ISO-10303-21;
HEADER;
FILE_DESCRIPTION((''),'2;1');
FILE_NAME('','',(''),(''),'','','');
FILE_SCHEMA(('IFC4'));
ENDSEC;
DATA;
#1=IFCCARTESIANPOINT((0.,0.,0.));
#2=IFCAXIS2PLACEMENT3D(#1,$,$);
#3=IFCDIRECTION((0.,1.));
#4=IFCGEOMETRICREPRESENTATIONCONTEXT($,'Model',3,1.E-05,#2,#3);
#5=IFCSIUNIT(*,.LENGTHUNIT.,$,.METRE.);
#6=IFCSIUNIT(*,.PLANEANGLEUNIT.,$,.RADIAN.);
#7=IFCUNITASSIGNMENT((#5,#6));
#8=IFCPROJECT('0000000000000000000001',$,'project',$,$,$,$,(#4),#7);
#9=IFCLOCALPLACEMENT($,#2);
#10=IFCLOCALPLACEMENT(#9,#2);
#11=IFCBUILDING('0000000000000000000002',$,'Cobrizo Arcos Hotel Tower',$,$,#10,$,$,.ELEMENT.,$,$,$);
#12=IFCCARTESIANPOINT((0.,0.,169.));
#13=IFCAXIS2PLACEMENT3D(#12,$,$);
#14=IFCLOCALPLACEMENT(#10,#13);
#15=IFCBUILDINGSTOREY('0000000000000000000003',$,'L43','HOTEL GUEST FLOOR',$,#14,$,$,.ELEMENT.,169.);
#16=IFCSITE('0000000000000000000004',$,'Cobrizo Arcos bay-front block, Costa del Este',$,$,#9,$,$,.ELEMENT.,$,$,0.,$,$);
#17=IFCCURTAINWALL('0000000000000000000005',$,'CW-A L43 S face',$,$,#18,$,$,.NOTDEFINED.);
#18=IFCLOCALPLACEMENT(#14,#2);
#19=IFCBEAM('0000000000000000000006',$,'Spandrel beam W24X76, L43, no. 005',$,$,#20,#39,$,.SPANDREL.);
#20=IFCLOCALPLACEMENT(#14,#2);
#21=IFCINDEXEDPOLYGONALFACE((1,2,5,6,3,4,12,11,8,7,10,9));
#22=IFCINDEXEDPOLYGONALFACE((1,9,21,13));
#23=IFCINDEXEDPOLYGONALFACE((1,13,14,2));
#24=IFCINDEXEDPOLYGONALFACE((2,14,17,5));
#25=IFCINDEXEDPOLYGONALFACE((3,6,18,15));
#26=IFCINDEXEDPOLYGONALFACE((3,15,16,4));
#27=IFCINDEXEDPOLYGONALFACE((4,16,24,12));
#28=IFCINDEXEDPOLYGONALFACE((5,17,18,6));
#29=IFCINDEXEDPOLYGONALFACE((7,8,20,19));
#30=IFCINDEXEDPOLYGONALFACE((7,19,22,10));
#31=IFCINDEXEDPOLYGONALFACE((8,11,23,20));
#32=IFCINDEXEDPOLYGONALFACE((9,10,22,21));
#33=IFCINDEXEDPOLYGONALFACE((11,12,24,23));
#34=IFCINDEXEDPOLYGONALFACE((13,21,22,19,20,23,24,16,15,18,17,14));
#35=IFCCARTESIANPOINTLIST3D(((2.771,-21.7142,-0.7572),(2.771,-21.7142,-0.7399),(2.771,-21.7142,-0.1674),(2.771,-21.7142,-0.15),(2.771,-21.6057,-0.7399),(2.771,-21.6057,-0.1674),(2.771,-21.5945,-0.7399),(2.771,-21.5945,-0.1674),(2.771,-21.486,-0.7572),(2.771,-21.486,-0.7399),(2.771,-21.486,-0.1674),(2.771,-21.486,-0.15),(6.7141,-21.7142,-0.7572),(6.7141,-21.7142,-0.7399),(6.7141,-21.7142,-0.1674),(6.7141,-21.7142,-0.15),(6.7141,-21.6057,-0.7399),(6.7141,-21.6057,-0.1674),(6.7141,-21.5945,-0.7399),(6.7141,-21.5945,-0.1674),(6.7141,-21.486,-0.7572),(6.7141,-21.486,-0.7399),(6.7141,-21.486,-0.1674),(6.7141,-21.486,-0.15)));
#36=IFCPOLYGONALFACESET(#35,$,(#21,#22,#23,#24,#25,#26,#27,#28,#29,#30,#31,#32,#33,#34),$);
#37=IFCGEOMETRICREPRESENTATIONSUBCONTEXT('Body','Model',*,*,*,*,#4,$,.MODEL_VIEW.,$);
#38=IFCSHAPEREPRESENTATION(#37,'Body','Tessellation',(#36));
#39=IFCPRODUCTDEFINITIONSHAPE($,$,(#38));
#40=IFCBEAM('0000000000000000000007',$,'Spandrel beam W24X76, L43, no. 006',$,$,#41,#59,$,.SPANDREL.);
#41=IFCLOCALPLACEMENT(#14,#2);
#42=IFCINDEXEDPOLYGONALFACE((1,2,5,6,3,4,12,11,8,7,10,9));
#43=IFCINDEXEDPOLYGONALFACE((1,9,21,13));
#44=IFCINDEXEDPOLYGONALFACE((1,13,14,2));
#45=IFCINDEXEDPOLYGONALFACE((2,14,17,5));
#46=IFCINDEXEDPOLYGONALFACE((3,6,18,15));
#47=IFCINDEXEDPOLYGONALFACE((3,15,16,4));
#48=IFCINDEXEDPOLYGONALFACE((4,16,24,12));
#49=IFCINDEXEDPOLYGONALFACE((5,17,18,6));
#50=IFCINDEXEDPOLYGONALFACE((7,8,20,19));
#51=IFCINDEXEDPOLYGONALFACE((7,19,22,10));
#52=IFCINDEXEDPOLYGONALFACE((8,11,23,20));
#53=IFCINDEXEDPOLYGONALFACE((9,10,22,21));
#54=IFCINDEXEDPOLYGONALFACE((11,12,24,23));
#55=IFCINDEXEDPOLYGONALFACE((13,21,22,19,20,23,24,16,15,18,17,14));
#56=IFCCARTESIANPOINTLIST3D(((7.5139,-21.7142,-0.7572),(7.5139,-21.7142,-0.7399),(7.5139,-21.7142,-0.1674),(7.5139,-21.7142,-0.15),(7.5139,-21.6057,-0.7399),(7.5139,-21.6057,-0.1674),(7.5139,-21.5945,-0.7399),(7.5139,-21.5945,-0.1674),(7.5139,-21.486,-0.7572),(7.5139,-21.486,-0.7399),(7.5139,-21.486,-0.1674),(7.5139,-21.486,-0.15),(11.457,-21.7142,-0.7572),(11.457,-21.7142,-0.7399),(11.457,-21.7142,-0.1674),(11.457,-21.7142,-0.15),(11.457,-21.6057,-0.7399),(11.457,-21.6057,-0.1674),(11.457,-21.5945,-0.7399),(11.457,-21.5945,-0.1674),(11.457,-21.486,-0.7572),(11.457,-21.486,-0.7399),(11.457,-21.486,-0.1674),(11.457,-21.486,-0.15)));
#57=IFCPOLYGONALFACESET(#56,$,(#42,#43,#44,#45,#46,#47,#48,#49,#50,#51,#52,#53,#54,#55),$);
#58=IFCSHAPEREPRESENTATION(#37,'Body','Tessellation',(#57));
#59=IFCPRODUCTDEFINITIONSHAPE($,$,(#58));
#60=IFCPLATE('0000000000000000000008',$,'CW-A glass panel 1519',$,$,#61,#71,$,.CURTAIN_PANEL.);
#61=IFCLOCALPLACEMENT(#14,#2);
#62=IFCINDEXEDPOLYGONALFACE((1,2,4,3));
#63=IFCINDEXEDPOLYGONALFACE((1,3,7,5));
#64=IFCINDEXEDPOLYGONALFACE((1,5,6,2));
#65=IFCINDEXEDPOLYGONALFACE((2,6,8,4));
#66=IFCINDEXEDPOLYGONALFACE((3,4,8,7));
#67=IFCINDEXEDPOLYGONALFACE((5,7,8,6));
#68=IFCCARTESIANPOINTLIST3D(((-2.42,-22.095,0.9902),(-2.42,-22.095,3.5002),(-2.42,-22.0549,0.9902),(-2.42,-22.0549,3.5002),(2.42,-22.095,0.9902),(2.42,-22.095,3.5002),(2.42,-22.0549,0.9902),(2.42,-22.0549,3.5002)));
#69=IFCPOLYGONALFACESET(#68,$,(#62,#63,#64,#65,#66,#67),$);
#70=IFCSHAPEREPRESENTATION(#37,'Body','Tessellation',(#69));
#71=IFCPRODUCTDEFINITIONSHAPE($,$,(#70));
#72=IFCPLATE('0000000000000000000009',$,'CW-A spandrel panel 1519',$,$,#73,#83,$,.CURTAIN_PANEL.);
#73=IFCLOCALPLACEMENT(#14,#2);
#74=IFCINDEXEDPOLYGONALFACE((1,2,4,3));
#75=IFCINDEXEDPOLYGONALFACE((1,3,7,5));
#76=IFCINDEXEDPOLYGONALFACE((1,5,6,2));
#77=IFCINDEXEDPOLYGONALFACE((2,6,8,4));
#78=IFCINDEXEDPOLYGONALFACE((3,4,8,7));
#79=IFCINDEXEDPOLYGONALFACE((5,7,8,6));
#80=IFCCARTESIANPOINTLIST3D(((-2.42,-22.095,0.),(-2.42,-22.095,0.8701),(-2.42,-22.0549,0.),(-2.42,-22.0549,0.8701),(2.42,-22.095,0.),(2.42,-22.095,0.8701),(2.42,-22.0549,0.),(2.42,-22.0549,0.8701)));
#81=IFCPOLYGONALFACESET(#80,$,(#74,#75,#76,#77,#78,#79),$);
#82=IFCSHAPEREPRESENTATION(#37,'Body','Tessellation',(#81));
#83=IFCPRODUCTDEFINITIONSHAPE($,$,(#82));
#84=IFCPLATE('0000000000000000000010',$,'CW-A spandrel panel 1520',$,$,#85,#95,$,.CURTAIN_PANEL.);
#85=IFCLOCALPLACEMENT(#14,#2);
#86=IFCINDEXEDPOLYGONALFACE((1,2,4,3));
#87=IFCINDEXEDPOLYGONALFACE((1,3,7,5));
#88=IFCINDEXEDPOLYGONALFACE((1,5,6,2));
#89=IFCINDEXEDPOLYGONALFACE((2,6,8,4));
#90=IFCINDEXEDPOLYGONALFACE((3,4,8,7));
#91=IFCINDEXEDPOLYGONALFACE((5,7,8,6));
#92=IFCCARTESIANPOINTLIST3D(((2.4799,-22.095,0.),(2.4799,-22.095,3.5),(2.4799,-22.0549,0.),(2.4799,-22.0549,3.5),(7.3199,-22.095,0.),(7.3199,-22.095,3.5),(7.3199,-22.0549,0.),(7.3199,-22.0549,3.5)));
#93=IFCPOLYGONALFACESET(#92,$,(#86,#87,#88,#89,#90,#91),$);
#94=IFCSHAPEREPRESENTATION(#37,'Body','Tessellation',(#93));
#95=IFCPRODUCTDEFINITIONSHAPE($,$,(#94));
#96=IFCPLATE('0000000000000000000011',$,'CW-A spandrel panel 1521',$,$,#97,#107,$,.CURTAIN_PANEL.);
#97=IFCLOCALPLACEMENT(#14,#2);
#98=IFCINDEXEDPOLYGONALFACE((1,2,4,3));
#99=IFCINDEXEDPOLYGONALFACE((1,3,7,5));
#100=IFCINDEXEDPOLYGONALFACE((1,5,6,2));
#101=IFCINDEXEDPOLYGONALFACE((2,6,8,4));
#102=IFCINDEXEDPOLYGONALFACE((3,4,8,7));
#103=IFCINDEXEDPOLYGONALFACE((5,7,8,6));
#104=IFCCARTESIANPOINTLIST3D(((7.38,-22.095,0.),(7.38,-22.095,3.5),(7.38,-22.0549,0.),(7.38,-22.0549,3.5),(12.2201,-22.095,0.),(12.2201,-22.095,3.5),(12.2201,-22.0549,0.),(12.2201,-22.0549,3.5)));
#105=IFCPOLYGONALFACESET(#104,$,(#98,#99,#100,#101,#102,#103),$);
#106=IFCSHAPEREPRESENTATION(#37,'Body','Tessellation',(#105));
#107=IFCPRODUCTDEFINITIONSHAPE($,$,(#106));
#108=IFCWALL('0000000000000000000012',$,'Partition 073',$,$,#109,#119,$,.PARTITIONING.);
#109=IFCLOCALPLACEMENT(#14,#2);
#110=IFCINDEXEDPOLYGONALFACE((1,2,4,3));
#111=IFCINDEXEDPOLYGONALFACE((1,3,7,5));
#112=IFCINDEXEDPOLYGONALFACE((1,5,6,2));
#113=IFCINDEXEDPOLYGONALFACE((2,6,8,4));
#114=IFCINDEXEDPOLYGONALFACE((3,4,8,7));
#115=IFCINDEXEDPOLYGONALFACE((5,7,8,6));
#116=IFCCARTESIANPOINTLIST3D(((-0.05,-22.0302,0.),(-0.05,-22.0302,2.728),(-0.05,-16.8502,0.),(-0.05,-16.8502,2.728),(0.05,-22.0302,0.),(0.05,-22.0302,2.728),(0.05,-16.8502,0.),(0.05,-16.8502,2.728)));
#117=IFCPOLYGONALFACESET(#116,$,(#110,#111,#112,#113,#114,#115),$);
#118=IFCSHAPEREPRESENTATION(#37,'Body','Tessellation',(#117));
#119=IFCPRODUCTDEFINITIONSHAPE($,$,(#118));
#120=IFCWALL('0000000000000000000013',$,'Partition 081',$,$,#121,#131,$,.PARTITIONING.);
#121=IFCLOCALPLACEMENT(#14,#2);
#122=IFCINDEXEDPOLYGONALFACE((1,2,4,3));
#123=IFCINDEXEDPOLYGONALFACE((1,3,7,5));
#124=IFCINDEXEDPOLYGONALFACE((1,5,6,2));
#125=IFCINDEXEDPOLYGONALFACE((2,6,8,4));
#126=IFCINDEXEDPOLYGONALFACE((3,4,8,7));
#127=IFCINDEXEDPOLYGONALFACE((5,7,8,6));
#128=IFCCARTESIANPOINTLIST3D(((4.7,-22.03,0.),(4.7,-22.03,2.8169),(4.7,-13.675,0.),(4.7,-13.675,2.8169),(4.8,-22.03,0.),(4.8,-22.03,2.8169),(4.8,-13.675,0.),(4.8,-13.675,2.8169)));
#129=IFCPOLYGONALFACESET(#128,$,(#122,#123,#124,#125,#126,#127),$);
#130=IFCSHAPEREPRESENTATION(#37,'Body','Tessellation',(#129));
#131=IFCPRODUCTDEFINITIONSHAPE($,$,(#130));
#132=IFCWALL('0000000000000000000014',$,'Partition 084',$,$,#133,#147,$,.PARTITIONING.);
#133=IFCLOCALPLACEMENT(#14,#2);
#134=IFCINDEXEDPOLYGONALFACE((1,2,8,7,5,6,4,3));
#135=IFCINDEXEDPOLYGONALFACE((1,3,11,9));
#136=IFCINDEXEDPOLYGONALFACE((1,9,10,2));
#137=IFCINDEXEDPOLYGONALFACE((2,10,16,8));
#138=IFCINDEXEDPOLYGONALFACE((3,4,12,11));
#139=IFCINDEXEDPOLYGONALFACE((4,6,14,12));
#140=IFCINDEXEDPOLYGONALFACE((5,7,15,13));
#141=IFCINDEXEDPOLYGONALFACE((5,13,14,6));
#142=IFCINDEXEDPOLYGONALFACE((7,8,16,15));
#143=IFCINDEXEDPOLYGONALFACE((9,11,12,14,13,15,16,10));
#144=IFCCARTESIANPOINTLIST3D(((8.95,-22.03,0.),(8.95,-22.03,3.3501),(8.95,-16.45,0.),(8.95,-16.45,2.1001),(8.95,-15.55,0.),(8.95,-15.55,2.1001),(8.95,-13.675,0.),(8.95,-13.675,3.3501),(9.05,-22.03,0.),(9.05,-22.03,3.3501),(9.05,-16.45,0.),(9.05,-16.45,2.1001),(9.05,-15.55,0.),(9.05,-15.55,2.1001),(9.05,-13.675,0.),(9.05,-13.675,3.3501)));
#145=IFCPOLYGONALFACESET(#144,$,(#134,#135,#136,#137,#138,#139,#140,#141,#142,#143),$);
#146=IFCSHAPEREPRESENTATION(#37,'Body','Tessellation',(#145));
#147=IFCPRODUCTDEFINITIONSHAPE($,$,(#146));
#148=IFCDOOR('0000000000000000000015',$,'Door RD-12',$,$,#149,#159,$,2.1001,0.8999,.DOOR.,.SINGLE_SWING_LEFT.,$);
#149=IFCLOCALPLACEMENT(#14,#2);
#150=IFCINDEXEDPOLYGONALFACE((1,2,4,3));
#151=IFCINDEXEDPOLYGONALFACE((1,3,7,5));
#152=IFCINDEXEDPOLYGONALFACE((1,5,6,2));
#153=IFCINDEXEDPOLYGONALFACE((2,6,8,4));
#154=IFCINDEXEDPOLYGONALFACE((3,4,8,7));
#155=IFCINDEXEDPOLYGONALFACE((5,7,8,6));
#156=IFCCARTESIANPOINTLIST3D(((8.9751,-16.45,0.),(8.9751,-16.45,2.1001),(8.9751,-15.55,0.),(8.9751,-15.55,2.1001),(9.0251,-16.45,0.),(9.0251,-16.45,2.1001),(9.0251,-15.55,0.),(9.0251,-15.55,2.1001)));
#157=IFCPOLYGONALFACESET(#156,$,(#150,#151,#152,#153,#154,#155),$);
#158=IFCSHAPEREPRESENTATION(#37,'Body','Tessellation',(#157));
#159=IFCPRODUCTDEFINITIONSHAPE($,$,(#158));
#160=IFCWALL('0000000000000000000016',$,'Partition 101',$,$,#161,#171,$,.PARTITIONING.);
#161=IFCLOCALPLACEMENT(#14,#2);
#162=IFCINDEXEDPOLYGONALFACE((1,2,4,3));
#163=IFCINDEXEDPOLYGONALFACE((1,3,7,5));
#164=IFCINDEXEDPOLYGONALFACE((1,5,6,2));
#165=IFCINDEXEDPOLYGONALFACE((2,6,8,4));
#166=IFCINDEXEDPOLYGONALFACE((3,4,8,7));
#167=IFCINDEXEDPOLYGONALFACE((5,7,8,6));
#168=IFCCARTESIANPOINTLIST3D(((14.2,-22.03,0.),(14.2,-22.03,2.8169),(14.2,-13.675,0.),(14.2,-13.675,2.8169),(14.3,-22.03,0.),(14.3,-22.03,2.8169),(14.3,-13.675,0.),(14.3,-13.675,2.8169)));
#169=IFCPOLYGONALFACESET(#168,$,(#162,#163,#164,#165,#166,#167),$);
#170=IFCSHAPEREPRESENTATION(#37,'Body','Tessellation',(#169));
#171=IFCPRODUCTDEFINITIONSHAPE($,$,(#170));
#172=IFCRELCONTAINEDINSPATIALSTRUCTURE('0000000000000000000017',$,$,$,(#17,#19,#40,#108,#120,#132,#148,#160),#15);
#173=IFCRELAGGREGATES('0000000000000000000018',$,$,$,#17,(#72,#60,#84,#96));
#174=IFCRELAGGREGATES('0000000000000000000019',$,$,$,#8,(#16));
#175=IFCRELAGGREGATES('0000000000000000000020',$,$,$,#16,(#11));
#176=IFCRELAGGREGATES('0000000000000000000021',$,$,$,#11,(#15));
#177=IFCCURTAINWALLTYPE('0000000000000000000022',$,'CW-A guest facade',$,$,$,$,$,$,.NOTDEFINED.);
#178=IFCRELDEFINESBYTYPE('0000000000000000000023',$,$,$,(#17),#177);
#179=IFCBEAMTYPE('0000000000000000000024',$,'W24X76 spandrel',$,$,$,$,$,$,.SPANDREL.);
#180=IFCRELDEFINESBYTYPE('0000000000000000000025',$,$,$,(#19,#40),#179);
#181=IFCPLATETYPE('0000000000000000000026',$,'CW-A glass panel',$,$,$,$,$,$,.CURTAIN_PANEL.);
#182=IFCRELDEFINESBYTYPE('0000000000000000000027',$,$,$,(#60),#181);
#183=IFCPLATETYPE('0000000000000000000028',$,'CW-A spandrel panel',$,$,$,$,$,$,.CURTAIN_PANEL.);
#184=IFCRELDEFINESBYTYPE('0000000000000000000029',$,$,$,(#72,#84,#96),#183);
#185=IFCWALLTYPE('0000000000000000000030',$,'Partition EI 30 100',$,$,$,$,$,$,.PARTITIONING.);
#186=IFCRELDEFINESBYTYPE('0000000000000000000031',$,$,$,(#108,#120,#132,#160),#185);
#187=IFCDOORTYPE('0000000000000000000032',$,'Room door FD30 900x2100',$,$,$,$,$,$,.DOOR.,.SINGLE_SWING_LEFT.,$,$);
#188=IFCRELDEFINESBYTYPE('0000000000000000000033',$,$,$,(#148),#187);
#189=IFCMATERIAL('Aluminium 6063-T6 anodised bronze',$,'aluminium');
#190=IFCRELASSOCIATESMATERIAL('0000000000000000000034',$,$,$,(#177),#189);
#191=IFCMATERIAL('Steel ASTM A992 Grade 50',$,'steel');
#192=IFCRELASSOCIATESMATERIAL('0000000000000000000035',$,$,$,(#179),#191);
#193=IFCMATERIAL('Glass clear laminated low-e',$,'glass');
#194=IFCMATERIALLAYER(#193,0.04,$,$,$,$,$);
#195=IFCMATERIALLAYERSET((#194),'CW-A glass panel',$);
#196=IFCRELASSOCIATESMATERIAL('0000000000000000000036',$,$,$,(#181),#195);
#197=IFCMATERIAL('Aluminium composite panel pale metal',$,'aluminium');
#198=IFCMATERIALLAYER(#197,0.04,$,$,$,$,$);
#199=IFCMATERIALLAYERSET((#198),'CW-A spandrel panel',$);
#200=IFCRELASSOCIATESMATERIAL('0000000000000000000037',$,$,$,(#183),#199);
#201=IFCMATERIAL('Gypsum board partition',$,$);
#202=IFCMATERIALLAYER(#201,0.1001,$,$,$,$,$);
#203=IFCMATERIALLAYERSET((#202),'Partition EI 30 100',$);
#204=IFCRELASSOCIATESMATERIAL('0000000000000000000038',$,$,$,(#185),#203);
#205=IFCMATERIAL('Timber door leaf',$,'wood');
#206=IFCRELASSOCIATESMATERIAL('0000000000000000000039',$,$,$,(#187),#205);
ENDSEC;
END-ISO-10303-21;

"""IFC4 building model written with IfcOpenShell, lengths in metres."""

from ifc_helpers import new_model, si_unit, direction, frame, frame_2d, origin, origin_2d, place, context, subcontext, project, spatial, rectangle, i_section, extrude, material, layer, layer_set, material_profile, profile_set, type_object, element, fill, aggregate, save


model = new_model("IFC4")

# Units and contexts
model_context = context("Model", 3, precision=1e-05, world=origin(), true_north=direction((0.0, 1.0)))
body_context = subcontext(model_context, "Body", "Model", "MODEL_VIEW")
ifc_project = project(units=[si_unit("LENGTHUNIT", "METRE"), si_unit("PLANEANGLEUNIT", "RADIAN")], contexts=[model_context])

# Site, building, storey
site_placement = place(None, origin())
site = spatial("IfcSite", under=ifc_project, at=site_placement, Name="Cobrizo Arcos bay-front block, Costa del Este", CompositionType="ELEMENT", RefElevation=0.0)
building_placement = place(site_placement, origin())
building = spatial("IfcBuilding", under=site, at=building_placement, Name="Cobrizo Arcos Hotel Tower", CompositionType="ELEMENT")
storey_placement = place(building_placement, frame((0.0, 0.0, 169.0)))
storey = spatial("IfcBuildingStorey", under=building, at=storey_placement, Name="L43", Description="HOTEL GUEST FLOOR", CompositionType="ELEMENT", Elevation=169.0)

# Curtain wall
ifc_material_1 = material(Name="Aluminium 6063-T6 anodised bronze", Category="aluminium")
curtain_wall_type = type_object("IfcCurtainWallType", Name="CW-A guest facade", PredefinedType="NOTDEFINED", material=ifc_material_1)
curtain_wall_placement = place(storey_placement, origin())
curtain_wall = element("IfcCurtainWall", 1, at=curtain_wall_placement, inside=storey, type_object=curtain_wall_type, Name="CW-A L43 S face", PredefinedType="NOTDEFINED")

# Beams
ifc_material_2 = material(Name="Steel ASTM A992 Grade 50", Category="steel")
ifc_material_profile_1 = material_profile(ifc_material_2, i_section(OverallWidth=0.2283, OverallDepth=0.6072, WebThickness=0.0112, FlangeThickness=0.0173, at=origin_2d()), Name="W24X76")
ifc_profile_set_1 = profile_set([ifc_material_profile_1], Name="Steel ASTM A992 Grade 50")
beam_type_1 = type_object("IfcBeamType", Name="W24X76 spandrel", PredefinedType="SPANDREL", material=ifc_profile_set_1)
for number, where, z_axis, x_axis, name in (
    (2, (2.771, -21.6001, -0.4536), (1.0, 0.0, 0.0), (0.0, 1.0, 0.0), "Spandrel beam W24X76, L43, no. 005"),
    (3, (7.5139, -21.6001, -0.4536), (1.0, 0.0, 0.0), (0.0, 1.0, 0.0), "Spandrel beam W24X76, L43, no. 006"),
):
    element("IfcBeam", number, at=place(storey_placement, frame(where, z_axis=z_axis, x_axis=x_axis)), inside=storey, type_object=beam_type_1, Name=name, PredefinedType="SPANDREL", context=body_context, shape_type="SweptSolid", body=[
        extrude(i_section(OverallWidth=0.2283, OverallDepth=0.6072, WebThickness=0.0112, FlangeThickness=0.0173, at=origin_2d()), origin(), (0.0, 0.0, 1.0), 3.9431),
    ])

# Plates
ifc_material_3 = material(Name="Glass clear laminated low-e", Category="glass")
ifc_layer_1 = layer(ifc_material_3, 0.04)
ifc_layer_set_1 = layer_set([ifc_layer_1], Name="CW-A glass panel")
plate_type_1 = type_object("IfcPlateType", Name="CW-A glass panel", PredefinedType="CURTAIN_PANEL", material=ifc_layer_set_1)
plate_1_placement = place(storey_placement, frame((0.0, -22.075, 0.9902), z_axis=(0.0, 0.0, 1.0), x_axis=(1.0, 0.0, 0.0)))
plate_1 = element("IfcPlate", 4, at=plate_1_placement, type_object=plate_type_1, Name="CW-A glass panel 1519", PredefinedType="CURTAIN_PANEL", context=body_context, shape_type="SweptSolid", body=[
    extrude(rectangle(XDim=4.8401, YDim=0.04, at=origin_2d()), origin(), (0.0, 0.0, 1.0), 2.51),
])
ifc_material_4 = material(Name="Aluminium composite panel pale metal", Category="aluminium")
ifc_layer_2 = layer(ifc_material_4, 0.04)
ifc_layer_set_2 = layer_set([ifc_layer_2], Name="CW-A spandrel panel")
plate_type_2 = type_object("IfcPlateType", Name="CW-A spandrel panel", PredefinedType="CURTAIN_PANEL", material=ifc_layer_set_2)
plate_2_placement = place(storey_placement, frame((0.0, -22.075, 0.0), z_axis=(0.0, 0.0, 1.0), x_axis=(1.0, 0.0, 0.0)))
plate_2 = element("IfcPlate", 5, at=plate_2_placement, type_object=plate_type_2, Name="CW-A spandrel panel 1519", PredefinedType="CURTAIN_PANEL", context=body_context, shape_type="SweptSolid", body=[
    extrude(rectangle(XDim=4.8401, YDim=0.04, at=origin_2d()), origin(), (0.0, 0.0, 1.0), 0.8701),
])
plate_3_placement = place(storey_placement, frame((4.8999, -22.075, 0.0), z_axis=(0.0, 0.0, 1.0), x_axis=(1.0, 0.0, 0.0)))
plate_3 = element("IfcPlate", 6, at=plate_3_placement, type_object=plate_type_2, Name="CW-A spandrel panel 1520", PredefinedType="CURTAIN_PANEL", context=body_context, shape_type="SweptSolid", body=[
    extrude(rectangle(XDim=4.8401, YDim=0.04, at=origin_2d()), origin(), (0.0, 0.0, 1.0), 3.5),
])
plate_4_placement = place(storey_placement, frame((9.8, -22.075, 0.0), z_axis=(0.0, 0.0, 1.0), x_axis=(1.0, 0.0, 0.0)))
plate_4 = element("IfcPlate", 7, at=plate_4_placement, type_object=plate_type_2, Name="CW-A spandrel panel 1521", PredefinedType="CURTAIN_PANEL", context=body_context, shape_type="SweptSolid", body=[
    extrude(rectangle(XDim=4.8401, YDim=0.04, at=origin_2d()), origin(), (0.0, 0.0, 1.0), 3.5),
])
aggregate(curtain_wall, [plate_2, plate_1, plate_3, plate_4])

# Walls
ifc_material_5 = material(Name="Gypsum board partition")
ifc_layer_3 = layer(ifc_material_5, 0.1001)
ifc_layer_set_3 = layer_set([ifc_layer_3], Name="Partition EI 30 100")
wall_type = type_object("IfcWallType", Name="Partition EI 30 100", PredefinedType="PARTITIONING", material=ifc_layer_set_3)
wall_1_placement = place(storey_placement, frame((0.0, -22.03, 0.0), z_axis=(0.0, 0.0, 1.0), x_axis=(0.0, 1.0, 0.0)))
element("IfcWall", 8, at=wall_1_placement, inside=storey, type_object=wall_type, Name="Partition 073", PredefinedType="PARTITIONING", context=body_context, shape_type="SweptSolid", body=[
    extrude(rectangle(XDim=5.1799, YDim=0.1001, at=frame_2d((2.5898, 0.0))), origin(), (0.0, 0.0, 1.0), 2.728),
])
wall_2_placement = place(storey_placement, frame((4.75, -22.03, 0.0), z_axis=(0.0, 0.0, 1.0), x_axis=(0.0, 1.0, 0.0)))
element("IfcWall", 9, at=wall_2_placement, inside=storey, type_object=wall_type, Name="Partition 081", PredefinedType="PARTITIONING", context=body_context, shape_type="SweptSolid", body=[
    extrude(rectangle(XDim=8.355, YDim=0.1001, at=frame_2d((4.1775, 0.0))), origin(), (0.0, 0.0, 1.0), 2.8169),
])

# Wall, opening, door
wall_3_placement = place(storey_placement, frame((9.0, -22.03, 0.0), z_axis=(0.0, 0.0, 1.0), x_axis=(0.0, 1.0, 0.0)))
wall_3 = element("IfcWall", 10, at=wall_3_placement, inside=storey, type_object=wall_type, Name="Partition 084", PredefinedType="PARTITIONING", context=body_context, shape_type="SweptSolid", body=[
    extrude(rectangle(XDim=8.355, YDim=0.1001, at=frame_2d((4.1775, 0.0))), origin(), (0.0, 0.0, 1.0), 3.3501),
])
opening_placement = place(wall_3_placement, frame((5.5801, 0.0, 0.0)))
opening = element("IfcOpeningElement", 11, at=opening_placement, cuts=wall_3, PredefinedType="OPENING", context=body_context, shape_type="SweptSolid", body=[
    extrude(rectangle(XDim=0.8999, YDim=2.1001, at=frame_2d((0.45, 1.05))), frame((0.0, 0.062, 0.0), z_axis=(0.0, -1.0, 0.0), x_axis=(1.0, 0.0, 0.0)), (0.0, 0.0, 1.0), 0.124),
])
ifc_material_6 = material(Name="Timber door leaf", Category="wood")
door_type = type_object("IfcDoorType", Name="Room door FD30 900x2100", OperationType="SINGLE_SWING_LEFT", PredefinedType="DOOR", material=ifc_material_6)
door_placement = place(opening_placement, origin())
door = element("IfcDoor", 12, at=door_placement, inside=storey, type_object=door_type, Name="Door RD-12", OperationType="SINGLE_SWING_LEFT", OverallHeight=2.1001, OverallWidth=0.8999, PredefinedType="DOOR", context=body_context, shape_type="SweptSolid", body=[
    extrude(rectangle(XDim=0.8999, YDim=2.1001, at=frame_2d((0.45, 1.05))), frame((0.0, 0.0249, 0.0), z_axis=(0.0, -1.0, 0.0), x_axis=(1.0, 0.0, 0.0)), (0.0, 0.0, 1.0), 0.05),
])
fill(opening, door)

# Wall
wall_4_placement = place(storey_placement, frame((14.25, -22.03, 0.0), z_axis=(0.0, 0.0, 1.0), x_axis=(0.0, 1.0, 0.0)))
element("IfcWall", 13, at=wall_4_placement, inside=storey, type_object=wall_type, Name="Partition 101", PredefinedType="PARTITIONING", context=body_context, shape_type="SweptSolid", body=[
    extrude(rectangle(XDim=8.355, YDim=0.1001, at=frame_2d((4.1775, 0.0))), origin(), (0.0, 0.0, 1.0), 2.8169),
])

save(model, "model.ifc")
